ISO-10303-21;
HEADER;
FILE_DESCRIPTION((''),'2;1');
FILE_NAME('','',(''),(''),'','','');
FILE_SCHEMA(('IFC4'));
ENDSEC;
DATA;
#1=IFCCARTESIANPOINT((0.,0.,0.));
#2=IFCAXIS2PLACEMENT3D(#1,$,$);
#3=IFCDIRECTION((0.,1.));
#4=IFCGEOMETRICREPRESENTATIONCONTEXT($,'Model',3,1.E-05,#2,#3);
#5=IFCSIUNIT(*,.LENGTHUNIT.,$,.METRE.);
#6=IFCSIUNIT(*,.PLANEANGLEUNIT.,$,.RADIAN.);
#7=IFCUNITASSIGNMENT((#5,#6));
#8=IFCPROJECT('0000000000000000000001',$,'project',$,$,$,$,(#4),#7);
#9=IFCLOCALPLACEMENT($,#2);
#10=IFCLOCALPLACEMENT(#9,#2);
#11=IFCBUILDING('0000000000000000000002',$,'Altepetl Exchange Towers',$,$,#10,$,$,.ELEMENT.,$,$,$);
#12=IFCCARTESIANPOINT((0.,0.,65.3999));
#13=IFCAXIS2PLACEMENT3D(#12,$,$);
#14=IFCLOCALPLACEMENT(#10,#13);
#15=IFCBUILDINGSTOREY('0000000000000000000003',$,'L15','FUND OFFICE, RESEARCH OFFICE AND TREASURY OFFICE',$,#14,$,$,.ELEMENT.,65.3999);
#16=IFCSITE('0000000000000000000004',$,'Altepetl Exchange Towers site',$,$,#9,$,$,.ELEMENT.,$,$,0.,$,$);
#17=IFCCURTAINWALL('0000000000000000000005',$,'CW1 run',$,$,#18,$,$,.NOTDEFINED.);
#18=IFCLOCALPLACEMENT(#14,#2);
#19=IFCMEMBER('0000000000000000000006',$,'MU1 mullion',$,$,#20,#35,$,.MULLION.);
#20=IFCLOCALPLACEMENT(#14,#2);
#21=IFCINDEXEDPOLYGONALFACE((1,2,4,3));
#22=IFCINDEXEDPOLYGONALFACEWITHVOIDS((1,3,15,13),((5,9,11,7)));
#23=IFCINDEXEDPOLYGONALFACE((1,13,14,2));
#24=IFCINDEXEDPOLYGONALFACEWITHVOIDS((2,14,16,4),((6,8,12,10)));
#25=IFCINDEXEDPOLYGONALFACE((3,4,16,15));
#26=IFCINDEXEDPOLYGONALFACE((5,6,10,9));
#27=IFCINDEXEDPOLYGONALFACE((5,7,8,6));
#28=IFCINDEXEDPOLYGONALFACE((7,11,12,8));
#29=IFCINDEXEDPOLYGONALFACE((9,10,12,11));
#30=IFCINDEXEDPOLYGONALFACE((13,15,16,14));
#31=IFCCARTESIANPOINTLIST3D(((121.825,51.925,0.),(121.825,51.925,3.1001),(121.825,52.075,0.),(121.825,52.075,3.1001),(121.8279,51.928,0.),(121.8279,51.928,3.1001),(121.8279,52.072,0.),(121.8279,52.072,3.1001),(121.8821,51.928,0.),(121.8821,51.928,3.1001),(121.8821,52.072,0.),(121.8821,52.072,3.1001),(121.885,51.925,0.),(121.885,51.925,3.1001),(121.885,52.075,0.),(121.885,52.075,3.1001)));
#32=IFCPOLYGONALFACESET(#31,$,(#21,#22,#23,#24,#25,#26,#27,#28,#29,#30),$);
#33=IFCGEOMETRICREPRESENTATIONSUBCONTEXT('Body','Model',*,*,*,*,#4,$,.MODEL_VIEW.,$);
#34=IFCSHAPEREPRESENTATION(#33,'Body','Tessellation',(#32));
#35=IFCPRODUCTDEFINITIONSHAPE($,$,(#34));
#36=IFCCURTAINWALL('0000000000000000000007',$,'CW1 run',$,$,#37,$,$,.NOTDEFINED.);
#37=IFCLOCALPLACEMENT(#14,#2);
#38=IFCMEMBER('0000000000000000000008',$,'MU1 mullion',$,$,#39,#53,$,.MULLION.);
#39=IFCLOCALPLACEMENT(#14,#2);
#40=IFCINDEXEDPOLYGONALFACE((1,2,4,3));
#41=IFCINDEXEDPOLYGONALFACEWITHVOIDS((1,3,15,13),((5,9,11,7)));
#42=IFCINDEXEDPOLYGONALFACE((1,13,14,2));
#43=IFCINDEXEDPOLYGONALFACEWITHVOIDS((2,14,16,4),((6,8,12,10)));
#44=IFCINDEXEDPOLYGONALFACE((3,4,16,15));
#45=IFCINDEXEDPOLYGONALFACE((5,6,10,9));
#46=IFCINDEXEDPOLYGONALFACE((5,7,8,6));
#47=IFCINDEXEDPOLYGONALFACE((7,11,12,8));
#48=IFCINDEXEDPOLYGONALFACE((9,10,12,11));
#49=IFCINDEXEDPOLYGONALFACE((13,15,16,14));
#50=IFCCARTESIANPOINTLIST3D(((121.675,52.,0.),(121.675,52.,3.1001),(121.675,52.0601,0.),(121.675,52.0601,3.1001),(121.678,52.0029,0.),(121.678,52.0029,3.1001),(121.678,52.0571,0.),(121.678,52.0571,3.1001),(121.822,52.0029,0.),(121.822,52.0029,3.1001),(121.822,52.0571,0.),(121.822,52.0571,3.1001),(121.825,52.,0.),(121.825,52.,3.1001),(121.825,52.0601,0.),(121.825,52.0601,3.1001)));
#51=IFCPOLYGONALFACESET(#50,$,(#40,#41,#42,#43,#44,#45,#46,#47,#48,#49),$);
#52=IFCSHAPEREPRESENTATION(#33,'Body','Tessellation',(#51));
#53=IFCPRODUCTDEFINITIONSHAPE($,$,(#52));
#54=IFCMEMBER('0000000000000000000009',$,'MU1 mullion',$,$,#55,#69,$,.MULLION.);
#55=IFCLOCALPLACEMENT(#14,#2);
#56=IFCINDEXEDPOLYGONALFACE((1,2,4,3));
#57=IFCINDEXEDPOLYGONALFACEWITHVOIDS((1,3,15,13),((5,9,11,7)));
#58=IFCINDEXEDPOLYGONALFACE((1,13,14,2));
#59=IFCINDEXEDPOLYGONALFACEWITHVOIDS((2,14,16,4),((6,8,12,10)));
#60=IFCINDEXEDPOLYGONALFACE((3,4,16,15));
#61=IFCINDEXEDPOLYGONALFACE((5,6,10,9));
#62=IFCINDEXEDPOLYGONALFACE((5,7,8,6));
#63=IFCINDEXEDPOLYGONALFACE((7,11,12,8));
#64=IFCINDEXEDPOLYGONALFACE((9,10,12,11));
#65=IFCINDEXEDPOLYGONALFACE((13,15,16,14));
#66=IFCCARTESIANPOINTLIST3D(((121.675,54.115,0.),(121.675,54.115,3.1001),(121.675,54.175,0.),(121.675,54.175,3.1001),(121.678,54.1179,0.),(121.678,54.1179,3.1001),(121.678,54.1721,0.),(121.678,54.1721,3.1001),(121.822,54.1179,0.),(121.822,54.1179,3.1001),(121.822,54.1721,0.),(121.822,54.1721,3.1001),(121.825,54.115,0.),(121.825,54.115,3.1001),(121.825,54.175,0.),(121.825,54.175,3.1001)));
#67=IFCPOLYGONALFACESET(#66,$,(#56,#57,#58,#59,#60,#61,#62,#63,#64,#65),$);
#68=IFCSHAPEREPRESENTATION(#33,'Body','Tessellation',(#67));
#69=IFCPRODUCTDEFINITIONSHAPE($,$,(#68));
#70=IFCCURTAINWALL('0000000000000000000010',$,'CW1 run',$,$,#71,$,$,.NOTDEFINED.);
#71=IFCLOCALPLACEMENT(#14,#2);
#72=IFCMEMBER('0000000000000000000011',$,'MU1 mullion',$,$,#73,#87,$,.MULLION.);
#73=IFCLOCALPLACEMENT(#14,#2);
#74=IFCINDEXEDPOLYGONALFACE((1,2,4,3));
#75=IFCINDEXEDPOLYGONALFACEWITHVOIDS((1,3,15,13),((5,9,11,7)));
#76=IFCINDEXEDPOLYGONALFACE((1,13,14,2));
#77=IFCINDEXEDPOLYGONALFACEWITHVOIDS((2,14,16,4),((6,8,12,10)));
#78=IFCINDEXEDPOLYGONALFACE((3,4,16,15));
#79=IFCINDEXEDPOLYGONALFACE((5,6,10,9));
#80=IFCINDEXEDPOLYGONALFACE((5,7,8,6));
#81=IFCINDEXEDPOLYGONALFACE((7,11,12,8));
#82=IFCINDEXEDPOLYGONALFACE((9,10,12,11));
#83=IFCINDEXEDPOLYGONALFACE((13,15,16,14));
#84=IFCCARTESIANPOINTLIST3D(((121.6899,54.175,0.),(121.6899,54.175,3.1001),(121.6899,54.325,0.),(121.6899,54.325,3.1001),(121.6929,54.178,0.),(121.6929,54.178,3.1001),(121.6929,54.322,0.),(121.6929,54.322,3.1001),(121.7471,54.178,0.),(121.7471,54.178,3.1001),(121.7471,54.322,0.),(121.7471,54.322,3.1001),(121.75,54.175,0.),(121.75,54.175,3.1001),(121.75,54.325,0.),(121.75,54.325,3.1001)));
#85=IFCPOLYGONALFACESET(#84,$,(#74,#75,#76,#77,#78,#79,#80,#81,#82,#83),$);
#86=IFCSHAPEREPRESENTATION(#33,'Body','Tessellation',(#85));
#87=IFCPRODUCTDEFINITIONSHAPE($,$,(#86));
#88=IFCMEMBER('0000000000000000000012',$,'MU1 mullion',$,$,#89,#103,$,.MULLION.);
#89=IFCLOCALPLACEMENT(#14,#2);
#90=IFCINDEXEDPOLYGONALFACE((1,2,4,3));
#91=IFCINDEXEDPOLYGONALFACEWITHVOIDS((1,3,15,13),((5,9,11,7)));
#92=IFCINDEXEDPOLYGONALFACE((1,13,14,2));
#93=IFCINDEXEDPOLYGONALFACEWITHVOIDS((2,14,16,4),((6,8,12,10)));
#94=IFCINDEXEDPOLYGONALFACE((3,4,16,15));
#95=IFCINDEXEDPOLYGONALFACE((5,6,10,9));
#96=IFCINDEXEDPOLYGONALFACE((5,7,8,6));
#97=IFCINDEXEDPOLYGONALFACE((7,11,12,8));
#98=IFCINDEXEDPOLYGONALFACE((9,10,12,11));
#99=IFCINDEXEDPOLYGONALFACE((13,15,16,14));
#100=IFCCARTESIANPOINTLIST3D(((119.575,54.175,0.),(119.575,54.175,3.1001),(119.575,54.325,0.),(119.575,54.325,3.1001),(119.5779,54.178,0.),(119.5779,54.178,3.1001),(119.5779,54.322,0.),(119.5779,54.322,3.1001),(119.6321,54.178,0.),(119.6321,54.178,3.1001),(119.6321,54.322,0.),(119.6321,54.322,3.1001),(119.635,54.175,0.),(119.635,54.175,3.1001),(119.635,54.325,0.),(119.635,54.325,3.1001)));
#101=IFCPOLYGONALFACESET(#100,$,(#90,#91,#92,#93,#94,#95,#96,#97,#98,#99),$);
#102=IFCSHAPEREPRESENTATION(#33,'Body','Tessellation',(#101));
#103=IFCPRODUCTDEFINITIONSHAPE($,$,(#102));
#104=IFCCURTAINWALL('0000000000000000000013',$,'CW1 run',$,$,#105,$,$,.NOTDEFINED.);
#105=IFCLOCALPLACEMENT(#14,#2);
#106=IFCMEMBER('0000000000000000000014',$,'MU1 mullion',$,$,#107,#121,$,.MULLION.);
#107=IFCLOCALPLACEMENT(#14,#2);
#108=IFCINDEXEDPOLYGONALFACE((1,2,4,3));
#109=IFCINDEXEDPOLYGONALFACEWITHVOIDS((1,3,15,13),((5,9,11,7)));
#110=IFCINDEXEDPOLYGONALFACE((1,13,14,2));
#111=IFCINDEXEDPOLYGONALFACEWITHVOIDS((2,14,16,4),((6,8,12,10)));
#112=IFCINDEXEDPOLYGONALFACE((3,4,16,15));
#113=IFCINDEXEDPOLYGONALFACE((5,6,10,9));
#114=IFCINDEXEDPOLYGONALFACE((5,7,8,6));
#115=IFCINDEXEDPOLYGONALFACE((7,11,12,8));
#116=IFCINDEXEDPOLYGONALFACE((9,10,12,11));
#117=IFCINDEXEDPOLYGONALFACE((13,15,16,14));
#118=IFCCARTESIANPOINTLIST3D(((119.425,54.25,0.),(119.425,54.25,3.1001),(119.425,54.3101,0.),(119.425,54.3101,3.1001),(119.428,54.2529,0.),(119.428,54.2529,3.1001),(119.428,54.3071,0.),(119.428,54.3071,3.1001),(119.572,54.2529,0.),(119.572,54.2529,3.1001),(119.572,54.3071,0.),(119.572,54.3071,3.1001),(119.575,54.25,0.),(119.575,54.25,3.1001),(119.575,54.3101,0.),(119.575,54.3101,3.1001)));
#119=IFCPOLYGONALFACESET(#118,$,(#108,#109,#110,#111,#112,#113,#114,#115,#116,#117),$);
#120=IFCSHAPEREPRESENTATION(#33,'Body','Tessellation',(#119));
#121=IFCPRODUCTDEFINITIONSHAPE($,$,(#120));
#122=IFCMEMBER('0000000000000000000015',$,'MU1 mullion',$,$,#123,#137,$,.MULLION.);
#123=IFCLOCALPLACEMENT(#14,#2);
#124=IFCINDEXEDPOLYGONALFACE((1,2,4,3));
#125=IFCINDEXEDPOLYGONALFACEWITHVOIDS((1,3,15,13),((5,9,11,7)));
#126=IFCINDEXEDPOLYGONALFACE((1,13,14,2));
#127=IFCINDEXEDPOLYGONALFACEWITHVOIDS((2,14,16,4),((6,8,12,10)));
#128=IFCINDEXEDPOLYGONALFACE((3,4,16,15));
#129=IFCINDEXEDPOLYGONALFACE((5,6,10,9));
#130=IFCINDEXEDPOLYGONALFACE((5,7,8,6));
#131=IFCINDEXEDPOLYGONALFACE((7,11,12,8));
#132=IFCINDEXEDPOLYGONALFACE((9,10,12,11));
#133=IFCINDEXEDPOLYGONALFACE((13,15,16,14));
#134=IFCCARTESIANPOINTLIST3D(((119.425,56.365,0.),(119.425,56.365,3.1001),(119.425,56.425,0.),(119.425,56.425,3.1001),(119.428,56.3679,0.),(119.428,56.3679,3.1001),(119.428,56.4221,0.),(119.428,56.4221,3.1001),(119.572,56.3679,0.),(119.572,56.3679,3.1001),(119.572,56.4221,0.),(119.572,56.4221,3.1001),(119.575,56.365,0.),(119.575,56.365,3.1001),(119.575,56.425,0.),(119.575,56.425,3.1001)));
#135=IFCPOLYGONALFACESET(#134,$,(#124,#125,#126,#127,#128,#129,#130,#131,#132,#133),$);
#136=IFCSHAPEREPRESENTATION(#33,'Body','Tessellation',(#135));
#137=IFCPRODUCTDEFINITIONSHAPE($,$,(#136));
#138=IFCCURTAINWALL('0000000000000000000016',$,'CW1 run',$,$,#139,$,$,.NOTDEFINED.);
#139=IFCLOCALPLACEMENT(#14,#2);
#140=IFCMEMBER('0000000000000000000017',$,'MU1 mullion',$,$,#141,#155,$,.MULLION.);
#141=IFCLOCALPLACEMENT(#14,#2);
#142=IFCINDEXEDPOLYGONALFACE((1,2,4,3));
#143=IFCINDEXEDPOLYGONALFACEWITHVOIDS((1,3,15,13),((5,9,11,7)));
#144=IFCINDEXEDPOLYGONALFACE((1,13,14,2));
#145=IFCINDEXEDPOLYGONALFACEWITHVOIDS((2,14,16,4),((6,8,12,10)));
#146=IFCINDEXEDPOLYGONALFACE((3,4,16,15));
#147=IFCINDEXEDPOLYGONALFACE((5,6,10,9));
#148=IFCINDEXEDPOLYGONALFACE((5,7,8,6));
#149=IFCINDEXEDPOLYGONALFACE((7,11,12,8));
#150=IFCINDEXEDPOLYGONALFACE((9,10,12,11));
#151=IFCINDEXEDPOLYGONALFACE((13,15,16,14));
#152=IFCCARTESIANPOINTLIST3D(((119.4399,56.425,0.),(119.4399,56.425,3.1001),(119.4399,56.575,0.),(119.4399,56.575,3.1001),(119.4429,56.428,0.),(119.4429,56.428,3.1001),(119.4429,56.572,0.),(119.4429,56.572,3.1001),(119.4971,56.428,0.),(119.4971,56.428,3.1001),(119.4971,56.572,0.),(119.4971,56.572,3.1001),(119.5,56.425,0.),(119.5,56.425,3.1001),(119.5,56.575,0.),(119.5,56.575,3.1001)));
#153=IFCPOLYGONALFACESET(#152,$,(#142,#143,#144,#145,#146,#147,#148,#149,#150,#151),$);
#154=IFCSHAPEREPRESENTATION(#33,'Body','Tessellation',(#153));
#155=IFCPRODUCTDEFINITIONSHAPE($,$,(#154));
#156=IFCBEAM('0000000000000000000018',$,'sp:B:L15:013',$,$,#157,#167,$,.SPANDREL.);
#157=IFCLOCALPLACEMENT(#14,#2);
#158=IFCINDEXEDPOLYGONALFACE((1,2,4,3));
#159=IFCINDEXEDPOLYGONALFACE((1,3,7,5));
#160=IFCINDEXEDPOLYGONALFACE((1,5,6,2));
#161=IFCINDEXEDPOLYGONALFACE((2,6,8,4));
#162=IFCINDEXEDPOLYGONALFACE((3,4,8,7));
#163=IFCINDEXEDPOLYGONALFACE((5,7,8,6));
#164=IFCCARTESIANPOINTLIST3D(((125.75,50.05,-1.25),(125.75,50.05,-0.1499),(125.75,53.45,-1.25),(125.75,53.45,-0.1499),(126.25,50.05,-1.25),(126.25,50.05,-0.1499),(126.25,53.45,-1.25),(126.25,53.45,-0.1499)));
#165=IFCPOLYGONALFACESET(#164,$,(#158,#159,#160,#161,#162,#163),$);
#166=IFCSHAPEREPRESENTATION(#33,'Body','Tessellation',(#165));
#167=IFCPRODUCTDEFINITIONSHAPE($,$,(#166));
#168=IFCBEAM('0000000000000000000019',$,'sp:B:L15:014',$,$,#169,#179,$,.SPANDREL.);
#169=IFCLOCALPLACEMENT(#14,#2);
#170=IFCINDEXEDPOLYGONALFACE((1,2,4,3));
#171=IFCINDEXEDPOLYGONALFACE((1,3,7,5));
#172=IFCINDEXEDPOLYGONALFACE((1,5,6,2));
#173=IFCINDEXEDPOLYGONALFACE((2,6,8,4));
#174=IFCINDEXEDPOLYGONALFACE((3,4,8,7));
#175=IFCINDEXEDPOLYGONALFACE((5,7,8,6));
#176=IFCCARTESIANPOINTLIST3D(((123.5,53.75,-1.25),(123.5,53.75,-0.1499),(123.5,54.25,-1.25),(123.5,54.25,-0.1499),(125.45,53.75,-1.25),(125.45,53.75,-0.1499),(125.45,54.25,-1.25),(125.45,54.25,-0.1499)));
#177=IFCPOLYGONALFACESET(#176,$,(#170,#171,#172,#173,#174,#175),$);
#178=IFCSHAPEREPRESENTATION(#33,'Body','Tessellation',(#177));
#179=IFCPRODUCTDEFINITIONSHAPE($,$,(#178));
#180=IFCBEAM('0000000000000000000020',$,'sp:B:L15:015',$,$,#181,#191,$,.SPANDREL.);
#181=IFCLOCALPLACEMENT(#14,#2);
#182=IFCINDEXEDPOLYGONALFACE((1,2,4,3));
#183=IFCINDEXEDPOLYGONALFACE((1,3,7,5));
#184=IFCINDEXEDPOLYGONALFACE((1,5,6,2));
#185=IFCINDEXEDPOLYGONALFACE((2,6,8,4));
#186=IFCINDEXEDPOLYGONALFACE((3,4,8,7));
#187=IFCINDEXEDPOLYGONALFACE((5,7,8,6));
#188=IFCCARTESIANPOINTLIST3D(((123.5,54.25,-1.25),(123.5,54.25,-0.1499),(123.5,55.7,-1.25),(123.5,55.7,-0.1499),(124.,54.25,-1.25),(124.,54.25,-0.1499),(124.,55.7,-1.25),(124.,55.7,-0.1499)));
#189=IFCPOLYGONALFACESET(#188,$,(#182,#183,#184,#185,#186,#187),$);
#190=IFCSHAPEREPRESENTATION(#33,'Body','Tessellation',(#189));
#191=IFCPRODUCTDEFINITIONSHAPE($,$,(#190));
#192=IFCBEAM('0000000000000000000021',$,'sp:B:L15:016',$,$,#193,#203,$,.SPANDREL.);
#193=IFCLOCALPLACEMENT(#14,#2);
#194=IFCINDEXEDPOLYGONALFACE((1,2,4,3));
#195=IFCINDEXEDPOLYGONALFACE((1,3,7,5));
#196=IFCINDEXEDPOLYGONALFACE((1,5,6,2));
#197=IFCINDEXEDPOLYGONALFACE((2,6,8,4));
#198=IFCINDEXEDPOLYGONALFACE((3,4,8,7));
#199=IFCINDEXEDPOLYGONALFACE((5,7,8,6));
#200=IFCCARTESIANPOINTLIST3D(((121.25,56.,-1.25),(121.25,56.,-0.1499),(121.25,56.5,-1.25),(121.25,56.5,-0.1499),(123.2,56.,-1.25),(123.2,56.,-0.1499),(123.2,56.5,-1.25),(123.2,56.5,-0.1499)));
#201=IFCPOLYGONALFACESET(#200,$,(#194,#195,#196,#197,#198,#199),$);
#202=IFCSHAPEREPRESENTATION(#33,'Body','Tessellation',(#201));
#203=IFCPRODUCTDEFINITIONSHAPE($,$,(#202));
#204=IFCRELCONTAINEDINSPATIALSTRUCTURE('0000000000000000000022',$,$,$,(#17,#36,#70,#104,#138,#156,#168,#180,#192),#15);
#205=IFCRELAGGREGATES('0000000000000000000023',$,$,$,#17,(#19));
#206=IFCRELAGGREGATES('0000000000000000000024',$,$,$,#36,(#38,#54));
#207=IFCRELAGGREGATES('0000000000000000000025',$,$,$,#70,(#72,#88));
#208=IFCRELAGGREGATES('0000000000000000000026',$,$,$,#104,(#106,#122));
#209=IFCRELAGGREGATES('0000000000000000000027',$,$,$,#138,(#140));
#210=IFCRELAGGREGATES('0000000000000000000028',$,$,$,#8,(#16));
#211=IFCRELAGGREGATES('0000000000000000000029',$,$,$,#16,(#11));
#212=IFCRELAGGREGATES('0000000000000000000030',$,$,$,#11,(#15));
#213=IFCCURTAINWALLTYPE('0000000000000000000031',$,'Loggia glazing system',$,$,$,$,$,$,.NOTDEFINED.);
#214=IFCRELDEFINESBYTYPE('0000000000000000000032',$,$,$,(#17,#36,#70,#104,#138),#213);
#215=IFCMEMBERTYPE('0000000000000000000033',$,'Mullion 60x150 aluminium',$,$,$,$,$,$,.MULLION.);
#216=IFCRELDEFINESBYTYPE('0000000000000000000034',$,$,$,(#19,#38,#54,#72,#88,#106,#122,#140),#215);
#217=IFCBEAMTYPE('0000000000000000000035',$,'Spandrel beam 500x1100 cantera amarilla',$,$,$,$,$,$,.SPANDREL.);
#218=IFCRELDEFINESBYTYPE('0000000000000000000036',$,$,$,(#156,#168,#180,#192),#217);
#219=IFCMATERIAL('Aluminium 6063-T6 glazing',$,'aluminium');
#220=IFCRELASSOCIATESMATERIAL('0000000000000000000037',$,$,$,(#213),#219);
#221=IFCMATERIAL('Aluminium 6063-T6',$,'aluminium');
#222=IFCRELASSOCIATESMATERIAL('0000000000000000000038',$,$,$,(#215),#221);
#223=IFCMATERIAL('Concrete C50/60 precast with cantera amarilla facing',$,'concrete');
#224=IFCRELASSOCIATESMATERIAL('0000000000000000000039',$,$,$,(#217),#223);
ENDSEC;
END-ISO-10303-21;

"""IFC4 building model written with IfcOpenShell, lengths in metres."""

from ifc_helpers import new_model, si_unit, direction, frame, origin, origin_2d, place, context, subcontext, project, spatial, rectangle, hollow_rectangle, extrude, material, material_profile, profile_set, type_object, element, aggregate, save


model = new_model("IFC4")

# Units and contexts
model_context = context("Model", 3, precision=1e-05, world=origin(), true_north=direction((0.0, 1.0)))
body_context = subcontext(model_context, "Body", "Model", "MODEL_VIEW")
ifc_project = project(units=[si_unit("LENGTHUNIT", "METRE"), si_unit("PLANEANGLEUNIT", "RADIAN")], contexts=[model_context])

# Site, building, storey
site_placement = place(None, origin())
site = spatial("IfcSite", under=ifc_project, at=site_placement, Name="Altepetl Exchange Towers site", CompositionType="ELEMENT", RefElevation=0.0)
building_placement = place(site_placement, origin())
building = spatial("IfcBuilding", under=site, at=building_placement, Name="Altepetl Exchange Towers", CompositionType="ELEMENT")
storey_placement = place(building_placement, frame((0.0, 0.0, 65.3999)))
storey = spatial("IfcBuildingStorey", under=building, at=storey_placement, Name="L15", Description="FUND OFFICE, RESEARCH OFFICE AND TREASURY OFFICE", CompositionType="ELEMENT", Elevation=65.3999)

# Curtain walls, members
ifc_material_1 = material(Name="Aluminium 6063-T6 glazing", Category="aluminium")
curtain_wall_type = type_object("IfcCurtainWallType", Name="Loggia glazing system", PredefinedType="NOTDEFINED", material=ifc_material_1)
ifc_material_2 = material(Name="Aluminium 6063-T6", Category="aluminium")
ifc_material_profile_1 = material_profile(ifc_material_2, hollow_rectangle(XDim=0.0601, YDim=0.1499, WallThickness=0.0029, at=origin_2d()), Name="Mullion 60x150 aluminium")
ifc_profile_set_1 = profile_set([ifc_material_profile_1], Name="Aluminium 6063-T6")
member_type = type_object("IfcMemberType", Name="Mullion 60x150 aluminium", PredefinedType="MULLION", material=ifc_profile_set_1)
curtain_wall_1_placement = place(storey_placement, origin())
curtain_wall_1 = element("IfcCurtainWall", 1, at=curtain_wall_1_placement, inside=storey, type_object=curtain_wall_type, Name="CW1 run", PredefinedType="NOTDEFINED")
member_1_placement = place(storey_placement, frame((121.855, 52.0, 0.0), z_axis=(0.0, 0.0, 1.0), x_axis=(-1.0, 0.0, 0.0)))
member_1 = element("IfcMember", 2, at=member_1_placement, type_object=member_type, Name="MU1 mullion", PredefinedType="MULLION", context=body_context, shape_type="SweptSolid", body=[
    extrude(hollow_rectangle(XDim=0.0601, YDim=0.1499, WallThickness=0.0029, at=origin_2d()), origin(), (0.0, 0.0, 1.0), 3.1001),
])
curtain_wall_2_placement = place(storey_placement, origin())
curtain_wall_2 = element("IfcCurtainWall", 3, at=curtain_wall_2_placement, inside=storey, type_object=curtain_wall_type, Name="CW1 run", PredefinedType="NOTDEFINED")
member_2_placement = place(storey_placement, frame((121.75, 52.03, 0.0), z_axis=(0.0, 0.0, 1.0), x_axis=(0.0, 1.0, 0.0)))
member_2 = element("IfcMember", 4, at=member_2_placement, type_object=member_type, Name="MU1 mullion", PredefinedType="MULLION", context=body_context, shape_type="SweptSolid", body=[
    extrude(hollow_rectangle(XDim=0.0601, YDim=0.1499, WallThickness=0.0029, at=origin_2d()), origin(), (0.0, 0.0, 1.0), 3.1001),
])
member_3_placement = place(storey_placement, frame((121.75, 54.145, 0.0), z_axis=(0.0, 0.0, 1.0), x_axis=(0.0, 1.0, 0.0)))
member_3 = element("IfcMember", 5, at=member_3_placement, type_object=member_type, Name="MU1 mullion", PredefinedType="MULLION", context=body_context, shape_type="SweptSolid", body=[
    extrude(hollow_rectangle(XDim=0.0601, YDim=0.1499, WallThickness=0.0029, at=origin_2d()), origin(), (0.0, 0.0, 1.0), 3.1001),
])
curtain_wall_3_placement = place(storey_placement, origin())
curtain_wall_3 = element("IfcCurtainWall", 6, at=curtain_wall_3_placement, inside=storey, type_object=curtain_wall_type, Name="CW1 run", PredefinedType="NOTDEFINED")
member_4_placement = place(storey_placement, frame((121.72, 54.25, 0.0), z_axis=(0.0, 0.0, 1.0), x_axis=(-1.0, 0.0, 0.0)))
member_4 = element("IfcMember", 7, at=member_4_placement, type_object=member_type, Name="MU1 mullion", PredefinedType="MULLION", context=body_context, shape_type="SweptSolid", body=[
    extrude(hollow_rectangle(XDim=0.0601, YDim=0.1499, WallThickness=0.0029, at=origin_2d()), origin(), (0.0, 0.0, 1.0), 3.1001),
])
member_5_placement = place(storey_placement, frame((119.605, 54.25, 0.0), z_axis=(0.0, 0.0, 1.0), x_axis=(-1.0, 0.0, 0.0)))
member_5 = element("IfcMember", 8, at=member_5_placement, type_object=member_type, Name="MU1 mullion", PredefinedType="MULLION", context=body_context, shape_type="SweptSolid", body=[
    extrude(hollow_rectangle(XDim=0.0601, YDim=0.1499, WallThickness=0.0029, at=origin_2d()), origin(), (0.0, 0.0, 1.0), 3.1001),
])
curtain_wall_4_placement = place(storey_placement, origin())
curtain_wall_4 = element("IfcCurtainWall", 9, at=curtain_wall_4_placement, inside=storey, type_object=curtain_wall_type, Name="CW1 run", PredefinedType="NOTDEFINED")
member_6_placement = place(storey_placement, frame((119.5, 54.28, 0.0), z_axis=(0.0, 0.0, 1.0), x_axis=(0.0, 1.0, 0.0)))
member_6 = element("IfcMember", 10, at=member_6_placement, type_object=member_type, Name="MU1 mullion", PredefinedType="MULLION", context=body_context, shape_type="SweptSolid", body=[
    extrude(hollow_rectangle(XDim=0.0601, YDim=0.1499, WallThickness=0.0029, at=origin_2d()), origin(), (0.0, 0.0, 1.0), 3.1001),
])
member_7_placement = place(storey_placement, frame((119.5, 56.395, 0.0), z_axis=(0.0, 0.0, 1.0), x_axis=(0.0, 1.0, 0.0)))
member_7 = element("IfcMember", 11, at=member_7_placement, type_object=member_type, Name="MU1 mullion", PredefinedType="MULLION", context=body_context, shape_type="SweptSolid", body=[
    extrude(hollow_rectangle(XDim=0.0601, YDim=0.1499, WallThickness=0.0029, at=origin_2d()), origin(), (0.0, 0.0, 1.0), 3.1001),
])

# Curtain wall, member
curtain_wall_5_placement = place(storey_placement, origin())
curtain_wall_5 = element("IfcCurtainWall", 12, at=curtain_wall_5_placement, inside=storey, type_object=curtain_wall_type, Name="CW1 run", PredefinedType="NOTDEFINED")
member_8_placement = place(storey_placement, frame((119.47, 56.5, 0.0), z_axis=(0.0, 0.0, 1.0), x_axis=(-1.0, 0.0, 0.0)))
member_8 = element("IfcMember", 13, at=member_8_placement, type_object=member_type, Name="MU1 mullion", PredefinedType="MULLION", context=body_context, shape_type="SweptSolid", body=[
    extrude(hollow_rectangle(XDim=0.0601, YDim=0.1499, WallThickness=0.0029, at=origin_2d()), origin(), (0.0, 0.0, 1.0), 3.1001),
])

# Beams
ifc_material_3 = material(Name="Concrete C50/60 precast with cantera amarilla facing", Category="concrete")
ifc_material_profile_2 = material_profile(ifc_material_3, rectangle(XDim=0.5, YDim=1.1001, at=origin_2d()), Name="500 x 1100")
ifc_profile_set_2 = profile_set([ifc_material_profile_2], Name="Concrete C50/60 precast with cantera amarilla facing")
beam_type_1 = type_object("IfcBeamType", Name="Spandrel beam 500x1100 cantera amarilla", PredefinedType="SPANDREL", material=ifc_profile_set_2)
beam_1_placement = place(storey_placement, frame((126.0, 50.05, -0.7), z_axis=(0.0, 1.0, 0.0), x_axis=(-1.0, 0.0, 0.0)))
element("IfcBeam", 14, at=beam_1_placement, inside=storey, type_object=beam_type_1, Name="sp:B:L15:013", PredefinedType="SPANDREL", context=body_context, shape_type="SweptSolid", body=[
    extrude(rectangle(XDim=0.5, YDim=1.1001, at=origin_2d()), origin(), (0.0, 0.0, 1.0), 3.3999),
])
beam_2_placement = place(storey_placement, frame((125.45, 54.0, -0.7), z_axis=(-1.0, 0.0, 0.0), x_axis=(0.0, -1.0, 0.0)))
element("IfcBeam", 15, at=beam_2_placement, inside=storey, type_object=beam_type_1, Name="sp:B:L15:014", PredefinedType="SPANDREL", context=body_context, shape_type="SweptSolid", body=[
    extrude(rectangle(XDim=0.5, YDim=1.1001, at=origin_2d()), origin(), (0.0, 0.0, 1.0), 1.95),
])
beam_3_placement = place(storey_placement, frame((123.75, 54.25, -0.7), z_axis=(0.0, 1.0, 0.0), x_axis=(-1.0, 0.0, 0.0)))
element("IfcBeam", 16, at=beam_3_placement, inside=storey, type_object=beam_type_1, Name="sp:B:L15:015", PredefinedType="SPANDREL", context=body_context, shape_type="SweptSolid", body=[
    extrude(rectangle(XDim=0.5, YDim=1.1001, at=origin_2d()), origin(), (0.0, 0.0, 1.0), 1.45),
])
beam_4_placement = place(storey_placement, frame((123.2, 56.25, -0.7), z_axis=(-1.0, 0.0, 0.0), x_axis=(0.0, -1.0, 0.0)))
element("IfcBeam", 17, at=beam_4_placement, inside=storey, type_object=beam_type_1, Name="sp:B:L15:016", PredefinedType="SPANDREL", context=body_context, shape_type="SweptSolid", body=[
    extrude(rectangle(XDim=0.5, YDim=1.1001, at=origin_2d()), origin(), (0.0, 0.0, 1.0), 1.95),
])

aggregate(curtain_wall_1, [member_1])
aggregate(curtain_wall_2, [member_2, member_3])
aggregate(curtain_wall_3, [member_4, member_5])
aggregate(curtain_wall_4, [member_6, member_7])
aggregate(curtain_wall_5, [member_8])

save(model, "model.ifc")
